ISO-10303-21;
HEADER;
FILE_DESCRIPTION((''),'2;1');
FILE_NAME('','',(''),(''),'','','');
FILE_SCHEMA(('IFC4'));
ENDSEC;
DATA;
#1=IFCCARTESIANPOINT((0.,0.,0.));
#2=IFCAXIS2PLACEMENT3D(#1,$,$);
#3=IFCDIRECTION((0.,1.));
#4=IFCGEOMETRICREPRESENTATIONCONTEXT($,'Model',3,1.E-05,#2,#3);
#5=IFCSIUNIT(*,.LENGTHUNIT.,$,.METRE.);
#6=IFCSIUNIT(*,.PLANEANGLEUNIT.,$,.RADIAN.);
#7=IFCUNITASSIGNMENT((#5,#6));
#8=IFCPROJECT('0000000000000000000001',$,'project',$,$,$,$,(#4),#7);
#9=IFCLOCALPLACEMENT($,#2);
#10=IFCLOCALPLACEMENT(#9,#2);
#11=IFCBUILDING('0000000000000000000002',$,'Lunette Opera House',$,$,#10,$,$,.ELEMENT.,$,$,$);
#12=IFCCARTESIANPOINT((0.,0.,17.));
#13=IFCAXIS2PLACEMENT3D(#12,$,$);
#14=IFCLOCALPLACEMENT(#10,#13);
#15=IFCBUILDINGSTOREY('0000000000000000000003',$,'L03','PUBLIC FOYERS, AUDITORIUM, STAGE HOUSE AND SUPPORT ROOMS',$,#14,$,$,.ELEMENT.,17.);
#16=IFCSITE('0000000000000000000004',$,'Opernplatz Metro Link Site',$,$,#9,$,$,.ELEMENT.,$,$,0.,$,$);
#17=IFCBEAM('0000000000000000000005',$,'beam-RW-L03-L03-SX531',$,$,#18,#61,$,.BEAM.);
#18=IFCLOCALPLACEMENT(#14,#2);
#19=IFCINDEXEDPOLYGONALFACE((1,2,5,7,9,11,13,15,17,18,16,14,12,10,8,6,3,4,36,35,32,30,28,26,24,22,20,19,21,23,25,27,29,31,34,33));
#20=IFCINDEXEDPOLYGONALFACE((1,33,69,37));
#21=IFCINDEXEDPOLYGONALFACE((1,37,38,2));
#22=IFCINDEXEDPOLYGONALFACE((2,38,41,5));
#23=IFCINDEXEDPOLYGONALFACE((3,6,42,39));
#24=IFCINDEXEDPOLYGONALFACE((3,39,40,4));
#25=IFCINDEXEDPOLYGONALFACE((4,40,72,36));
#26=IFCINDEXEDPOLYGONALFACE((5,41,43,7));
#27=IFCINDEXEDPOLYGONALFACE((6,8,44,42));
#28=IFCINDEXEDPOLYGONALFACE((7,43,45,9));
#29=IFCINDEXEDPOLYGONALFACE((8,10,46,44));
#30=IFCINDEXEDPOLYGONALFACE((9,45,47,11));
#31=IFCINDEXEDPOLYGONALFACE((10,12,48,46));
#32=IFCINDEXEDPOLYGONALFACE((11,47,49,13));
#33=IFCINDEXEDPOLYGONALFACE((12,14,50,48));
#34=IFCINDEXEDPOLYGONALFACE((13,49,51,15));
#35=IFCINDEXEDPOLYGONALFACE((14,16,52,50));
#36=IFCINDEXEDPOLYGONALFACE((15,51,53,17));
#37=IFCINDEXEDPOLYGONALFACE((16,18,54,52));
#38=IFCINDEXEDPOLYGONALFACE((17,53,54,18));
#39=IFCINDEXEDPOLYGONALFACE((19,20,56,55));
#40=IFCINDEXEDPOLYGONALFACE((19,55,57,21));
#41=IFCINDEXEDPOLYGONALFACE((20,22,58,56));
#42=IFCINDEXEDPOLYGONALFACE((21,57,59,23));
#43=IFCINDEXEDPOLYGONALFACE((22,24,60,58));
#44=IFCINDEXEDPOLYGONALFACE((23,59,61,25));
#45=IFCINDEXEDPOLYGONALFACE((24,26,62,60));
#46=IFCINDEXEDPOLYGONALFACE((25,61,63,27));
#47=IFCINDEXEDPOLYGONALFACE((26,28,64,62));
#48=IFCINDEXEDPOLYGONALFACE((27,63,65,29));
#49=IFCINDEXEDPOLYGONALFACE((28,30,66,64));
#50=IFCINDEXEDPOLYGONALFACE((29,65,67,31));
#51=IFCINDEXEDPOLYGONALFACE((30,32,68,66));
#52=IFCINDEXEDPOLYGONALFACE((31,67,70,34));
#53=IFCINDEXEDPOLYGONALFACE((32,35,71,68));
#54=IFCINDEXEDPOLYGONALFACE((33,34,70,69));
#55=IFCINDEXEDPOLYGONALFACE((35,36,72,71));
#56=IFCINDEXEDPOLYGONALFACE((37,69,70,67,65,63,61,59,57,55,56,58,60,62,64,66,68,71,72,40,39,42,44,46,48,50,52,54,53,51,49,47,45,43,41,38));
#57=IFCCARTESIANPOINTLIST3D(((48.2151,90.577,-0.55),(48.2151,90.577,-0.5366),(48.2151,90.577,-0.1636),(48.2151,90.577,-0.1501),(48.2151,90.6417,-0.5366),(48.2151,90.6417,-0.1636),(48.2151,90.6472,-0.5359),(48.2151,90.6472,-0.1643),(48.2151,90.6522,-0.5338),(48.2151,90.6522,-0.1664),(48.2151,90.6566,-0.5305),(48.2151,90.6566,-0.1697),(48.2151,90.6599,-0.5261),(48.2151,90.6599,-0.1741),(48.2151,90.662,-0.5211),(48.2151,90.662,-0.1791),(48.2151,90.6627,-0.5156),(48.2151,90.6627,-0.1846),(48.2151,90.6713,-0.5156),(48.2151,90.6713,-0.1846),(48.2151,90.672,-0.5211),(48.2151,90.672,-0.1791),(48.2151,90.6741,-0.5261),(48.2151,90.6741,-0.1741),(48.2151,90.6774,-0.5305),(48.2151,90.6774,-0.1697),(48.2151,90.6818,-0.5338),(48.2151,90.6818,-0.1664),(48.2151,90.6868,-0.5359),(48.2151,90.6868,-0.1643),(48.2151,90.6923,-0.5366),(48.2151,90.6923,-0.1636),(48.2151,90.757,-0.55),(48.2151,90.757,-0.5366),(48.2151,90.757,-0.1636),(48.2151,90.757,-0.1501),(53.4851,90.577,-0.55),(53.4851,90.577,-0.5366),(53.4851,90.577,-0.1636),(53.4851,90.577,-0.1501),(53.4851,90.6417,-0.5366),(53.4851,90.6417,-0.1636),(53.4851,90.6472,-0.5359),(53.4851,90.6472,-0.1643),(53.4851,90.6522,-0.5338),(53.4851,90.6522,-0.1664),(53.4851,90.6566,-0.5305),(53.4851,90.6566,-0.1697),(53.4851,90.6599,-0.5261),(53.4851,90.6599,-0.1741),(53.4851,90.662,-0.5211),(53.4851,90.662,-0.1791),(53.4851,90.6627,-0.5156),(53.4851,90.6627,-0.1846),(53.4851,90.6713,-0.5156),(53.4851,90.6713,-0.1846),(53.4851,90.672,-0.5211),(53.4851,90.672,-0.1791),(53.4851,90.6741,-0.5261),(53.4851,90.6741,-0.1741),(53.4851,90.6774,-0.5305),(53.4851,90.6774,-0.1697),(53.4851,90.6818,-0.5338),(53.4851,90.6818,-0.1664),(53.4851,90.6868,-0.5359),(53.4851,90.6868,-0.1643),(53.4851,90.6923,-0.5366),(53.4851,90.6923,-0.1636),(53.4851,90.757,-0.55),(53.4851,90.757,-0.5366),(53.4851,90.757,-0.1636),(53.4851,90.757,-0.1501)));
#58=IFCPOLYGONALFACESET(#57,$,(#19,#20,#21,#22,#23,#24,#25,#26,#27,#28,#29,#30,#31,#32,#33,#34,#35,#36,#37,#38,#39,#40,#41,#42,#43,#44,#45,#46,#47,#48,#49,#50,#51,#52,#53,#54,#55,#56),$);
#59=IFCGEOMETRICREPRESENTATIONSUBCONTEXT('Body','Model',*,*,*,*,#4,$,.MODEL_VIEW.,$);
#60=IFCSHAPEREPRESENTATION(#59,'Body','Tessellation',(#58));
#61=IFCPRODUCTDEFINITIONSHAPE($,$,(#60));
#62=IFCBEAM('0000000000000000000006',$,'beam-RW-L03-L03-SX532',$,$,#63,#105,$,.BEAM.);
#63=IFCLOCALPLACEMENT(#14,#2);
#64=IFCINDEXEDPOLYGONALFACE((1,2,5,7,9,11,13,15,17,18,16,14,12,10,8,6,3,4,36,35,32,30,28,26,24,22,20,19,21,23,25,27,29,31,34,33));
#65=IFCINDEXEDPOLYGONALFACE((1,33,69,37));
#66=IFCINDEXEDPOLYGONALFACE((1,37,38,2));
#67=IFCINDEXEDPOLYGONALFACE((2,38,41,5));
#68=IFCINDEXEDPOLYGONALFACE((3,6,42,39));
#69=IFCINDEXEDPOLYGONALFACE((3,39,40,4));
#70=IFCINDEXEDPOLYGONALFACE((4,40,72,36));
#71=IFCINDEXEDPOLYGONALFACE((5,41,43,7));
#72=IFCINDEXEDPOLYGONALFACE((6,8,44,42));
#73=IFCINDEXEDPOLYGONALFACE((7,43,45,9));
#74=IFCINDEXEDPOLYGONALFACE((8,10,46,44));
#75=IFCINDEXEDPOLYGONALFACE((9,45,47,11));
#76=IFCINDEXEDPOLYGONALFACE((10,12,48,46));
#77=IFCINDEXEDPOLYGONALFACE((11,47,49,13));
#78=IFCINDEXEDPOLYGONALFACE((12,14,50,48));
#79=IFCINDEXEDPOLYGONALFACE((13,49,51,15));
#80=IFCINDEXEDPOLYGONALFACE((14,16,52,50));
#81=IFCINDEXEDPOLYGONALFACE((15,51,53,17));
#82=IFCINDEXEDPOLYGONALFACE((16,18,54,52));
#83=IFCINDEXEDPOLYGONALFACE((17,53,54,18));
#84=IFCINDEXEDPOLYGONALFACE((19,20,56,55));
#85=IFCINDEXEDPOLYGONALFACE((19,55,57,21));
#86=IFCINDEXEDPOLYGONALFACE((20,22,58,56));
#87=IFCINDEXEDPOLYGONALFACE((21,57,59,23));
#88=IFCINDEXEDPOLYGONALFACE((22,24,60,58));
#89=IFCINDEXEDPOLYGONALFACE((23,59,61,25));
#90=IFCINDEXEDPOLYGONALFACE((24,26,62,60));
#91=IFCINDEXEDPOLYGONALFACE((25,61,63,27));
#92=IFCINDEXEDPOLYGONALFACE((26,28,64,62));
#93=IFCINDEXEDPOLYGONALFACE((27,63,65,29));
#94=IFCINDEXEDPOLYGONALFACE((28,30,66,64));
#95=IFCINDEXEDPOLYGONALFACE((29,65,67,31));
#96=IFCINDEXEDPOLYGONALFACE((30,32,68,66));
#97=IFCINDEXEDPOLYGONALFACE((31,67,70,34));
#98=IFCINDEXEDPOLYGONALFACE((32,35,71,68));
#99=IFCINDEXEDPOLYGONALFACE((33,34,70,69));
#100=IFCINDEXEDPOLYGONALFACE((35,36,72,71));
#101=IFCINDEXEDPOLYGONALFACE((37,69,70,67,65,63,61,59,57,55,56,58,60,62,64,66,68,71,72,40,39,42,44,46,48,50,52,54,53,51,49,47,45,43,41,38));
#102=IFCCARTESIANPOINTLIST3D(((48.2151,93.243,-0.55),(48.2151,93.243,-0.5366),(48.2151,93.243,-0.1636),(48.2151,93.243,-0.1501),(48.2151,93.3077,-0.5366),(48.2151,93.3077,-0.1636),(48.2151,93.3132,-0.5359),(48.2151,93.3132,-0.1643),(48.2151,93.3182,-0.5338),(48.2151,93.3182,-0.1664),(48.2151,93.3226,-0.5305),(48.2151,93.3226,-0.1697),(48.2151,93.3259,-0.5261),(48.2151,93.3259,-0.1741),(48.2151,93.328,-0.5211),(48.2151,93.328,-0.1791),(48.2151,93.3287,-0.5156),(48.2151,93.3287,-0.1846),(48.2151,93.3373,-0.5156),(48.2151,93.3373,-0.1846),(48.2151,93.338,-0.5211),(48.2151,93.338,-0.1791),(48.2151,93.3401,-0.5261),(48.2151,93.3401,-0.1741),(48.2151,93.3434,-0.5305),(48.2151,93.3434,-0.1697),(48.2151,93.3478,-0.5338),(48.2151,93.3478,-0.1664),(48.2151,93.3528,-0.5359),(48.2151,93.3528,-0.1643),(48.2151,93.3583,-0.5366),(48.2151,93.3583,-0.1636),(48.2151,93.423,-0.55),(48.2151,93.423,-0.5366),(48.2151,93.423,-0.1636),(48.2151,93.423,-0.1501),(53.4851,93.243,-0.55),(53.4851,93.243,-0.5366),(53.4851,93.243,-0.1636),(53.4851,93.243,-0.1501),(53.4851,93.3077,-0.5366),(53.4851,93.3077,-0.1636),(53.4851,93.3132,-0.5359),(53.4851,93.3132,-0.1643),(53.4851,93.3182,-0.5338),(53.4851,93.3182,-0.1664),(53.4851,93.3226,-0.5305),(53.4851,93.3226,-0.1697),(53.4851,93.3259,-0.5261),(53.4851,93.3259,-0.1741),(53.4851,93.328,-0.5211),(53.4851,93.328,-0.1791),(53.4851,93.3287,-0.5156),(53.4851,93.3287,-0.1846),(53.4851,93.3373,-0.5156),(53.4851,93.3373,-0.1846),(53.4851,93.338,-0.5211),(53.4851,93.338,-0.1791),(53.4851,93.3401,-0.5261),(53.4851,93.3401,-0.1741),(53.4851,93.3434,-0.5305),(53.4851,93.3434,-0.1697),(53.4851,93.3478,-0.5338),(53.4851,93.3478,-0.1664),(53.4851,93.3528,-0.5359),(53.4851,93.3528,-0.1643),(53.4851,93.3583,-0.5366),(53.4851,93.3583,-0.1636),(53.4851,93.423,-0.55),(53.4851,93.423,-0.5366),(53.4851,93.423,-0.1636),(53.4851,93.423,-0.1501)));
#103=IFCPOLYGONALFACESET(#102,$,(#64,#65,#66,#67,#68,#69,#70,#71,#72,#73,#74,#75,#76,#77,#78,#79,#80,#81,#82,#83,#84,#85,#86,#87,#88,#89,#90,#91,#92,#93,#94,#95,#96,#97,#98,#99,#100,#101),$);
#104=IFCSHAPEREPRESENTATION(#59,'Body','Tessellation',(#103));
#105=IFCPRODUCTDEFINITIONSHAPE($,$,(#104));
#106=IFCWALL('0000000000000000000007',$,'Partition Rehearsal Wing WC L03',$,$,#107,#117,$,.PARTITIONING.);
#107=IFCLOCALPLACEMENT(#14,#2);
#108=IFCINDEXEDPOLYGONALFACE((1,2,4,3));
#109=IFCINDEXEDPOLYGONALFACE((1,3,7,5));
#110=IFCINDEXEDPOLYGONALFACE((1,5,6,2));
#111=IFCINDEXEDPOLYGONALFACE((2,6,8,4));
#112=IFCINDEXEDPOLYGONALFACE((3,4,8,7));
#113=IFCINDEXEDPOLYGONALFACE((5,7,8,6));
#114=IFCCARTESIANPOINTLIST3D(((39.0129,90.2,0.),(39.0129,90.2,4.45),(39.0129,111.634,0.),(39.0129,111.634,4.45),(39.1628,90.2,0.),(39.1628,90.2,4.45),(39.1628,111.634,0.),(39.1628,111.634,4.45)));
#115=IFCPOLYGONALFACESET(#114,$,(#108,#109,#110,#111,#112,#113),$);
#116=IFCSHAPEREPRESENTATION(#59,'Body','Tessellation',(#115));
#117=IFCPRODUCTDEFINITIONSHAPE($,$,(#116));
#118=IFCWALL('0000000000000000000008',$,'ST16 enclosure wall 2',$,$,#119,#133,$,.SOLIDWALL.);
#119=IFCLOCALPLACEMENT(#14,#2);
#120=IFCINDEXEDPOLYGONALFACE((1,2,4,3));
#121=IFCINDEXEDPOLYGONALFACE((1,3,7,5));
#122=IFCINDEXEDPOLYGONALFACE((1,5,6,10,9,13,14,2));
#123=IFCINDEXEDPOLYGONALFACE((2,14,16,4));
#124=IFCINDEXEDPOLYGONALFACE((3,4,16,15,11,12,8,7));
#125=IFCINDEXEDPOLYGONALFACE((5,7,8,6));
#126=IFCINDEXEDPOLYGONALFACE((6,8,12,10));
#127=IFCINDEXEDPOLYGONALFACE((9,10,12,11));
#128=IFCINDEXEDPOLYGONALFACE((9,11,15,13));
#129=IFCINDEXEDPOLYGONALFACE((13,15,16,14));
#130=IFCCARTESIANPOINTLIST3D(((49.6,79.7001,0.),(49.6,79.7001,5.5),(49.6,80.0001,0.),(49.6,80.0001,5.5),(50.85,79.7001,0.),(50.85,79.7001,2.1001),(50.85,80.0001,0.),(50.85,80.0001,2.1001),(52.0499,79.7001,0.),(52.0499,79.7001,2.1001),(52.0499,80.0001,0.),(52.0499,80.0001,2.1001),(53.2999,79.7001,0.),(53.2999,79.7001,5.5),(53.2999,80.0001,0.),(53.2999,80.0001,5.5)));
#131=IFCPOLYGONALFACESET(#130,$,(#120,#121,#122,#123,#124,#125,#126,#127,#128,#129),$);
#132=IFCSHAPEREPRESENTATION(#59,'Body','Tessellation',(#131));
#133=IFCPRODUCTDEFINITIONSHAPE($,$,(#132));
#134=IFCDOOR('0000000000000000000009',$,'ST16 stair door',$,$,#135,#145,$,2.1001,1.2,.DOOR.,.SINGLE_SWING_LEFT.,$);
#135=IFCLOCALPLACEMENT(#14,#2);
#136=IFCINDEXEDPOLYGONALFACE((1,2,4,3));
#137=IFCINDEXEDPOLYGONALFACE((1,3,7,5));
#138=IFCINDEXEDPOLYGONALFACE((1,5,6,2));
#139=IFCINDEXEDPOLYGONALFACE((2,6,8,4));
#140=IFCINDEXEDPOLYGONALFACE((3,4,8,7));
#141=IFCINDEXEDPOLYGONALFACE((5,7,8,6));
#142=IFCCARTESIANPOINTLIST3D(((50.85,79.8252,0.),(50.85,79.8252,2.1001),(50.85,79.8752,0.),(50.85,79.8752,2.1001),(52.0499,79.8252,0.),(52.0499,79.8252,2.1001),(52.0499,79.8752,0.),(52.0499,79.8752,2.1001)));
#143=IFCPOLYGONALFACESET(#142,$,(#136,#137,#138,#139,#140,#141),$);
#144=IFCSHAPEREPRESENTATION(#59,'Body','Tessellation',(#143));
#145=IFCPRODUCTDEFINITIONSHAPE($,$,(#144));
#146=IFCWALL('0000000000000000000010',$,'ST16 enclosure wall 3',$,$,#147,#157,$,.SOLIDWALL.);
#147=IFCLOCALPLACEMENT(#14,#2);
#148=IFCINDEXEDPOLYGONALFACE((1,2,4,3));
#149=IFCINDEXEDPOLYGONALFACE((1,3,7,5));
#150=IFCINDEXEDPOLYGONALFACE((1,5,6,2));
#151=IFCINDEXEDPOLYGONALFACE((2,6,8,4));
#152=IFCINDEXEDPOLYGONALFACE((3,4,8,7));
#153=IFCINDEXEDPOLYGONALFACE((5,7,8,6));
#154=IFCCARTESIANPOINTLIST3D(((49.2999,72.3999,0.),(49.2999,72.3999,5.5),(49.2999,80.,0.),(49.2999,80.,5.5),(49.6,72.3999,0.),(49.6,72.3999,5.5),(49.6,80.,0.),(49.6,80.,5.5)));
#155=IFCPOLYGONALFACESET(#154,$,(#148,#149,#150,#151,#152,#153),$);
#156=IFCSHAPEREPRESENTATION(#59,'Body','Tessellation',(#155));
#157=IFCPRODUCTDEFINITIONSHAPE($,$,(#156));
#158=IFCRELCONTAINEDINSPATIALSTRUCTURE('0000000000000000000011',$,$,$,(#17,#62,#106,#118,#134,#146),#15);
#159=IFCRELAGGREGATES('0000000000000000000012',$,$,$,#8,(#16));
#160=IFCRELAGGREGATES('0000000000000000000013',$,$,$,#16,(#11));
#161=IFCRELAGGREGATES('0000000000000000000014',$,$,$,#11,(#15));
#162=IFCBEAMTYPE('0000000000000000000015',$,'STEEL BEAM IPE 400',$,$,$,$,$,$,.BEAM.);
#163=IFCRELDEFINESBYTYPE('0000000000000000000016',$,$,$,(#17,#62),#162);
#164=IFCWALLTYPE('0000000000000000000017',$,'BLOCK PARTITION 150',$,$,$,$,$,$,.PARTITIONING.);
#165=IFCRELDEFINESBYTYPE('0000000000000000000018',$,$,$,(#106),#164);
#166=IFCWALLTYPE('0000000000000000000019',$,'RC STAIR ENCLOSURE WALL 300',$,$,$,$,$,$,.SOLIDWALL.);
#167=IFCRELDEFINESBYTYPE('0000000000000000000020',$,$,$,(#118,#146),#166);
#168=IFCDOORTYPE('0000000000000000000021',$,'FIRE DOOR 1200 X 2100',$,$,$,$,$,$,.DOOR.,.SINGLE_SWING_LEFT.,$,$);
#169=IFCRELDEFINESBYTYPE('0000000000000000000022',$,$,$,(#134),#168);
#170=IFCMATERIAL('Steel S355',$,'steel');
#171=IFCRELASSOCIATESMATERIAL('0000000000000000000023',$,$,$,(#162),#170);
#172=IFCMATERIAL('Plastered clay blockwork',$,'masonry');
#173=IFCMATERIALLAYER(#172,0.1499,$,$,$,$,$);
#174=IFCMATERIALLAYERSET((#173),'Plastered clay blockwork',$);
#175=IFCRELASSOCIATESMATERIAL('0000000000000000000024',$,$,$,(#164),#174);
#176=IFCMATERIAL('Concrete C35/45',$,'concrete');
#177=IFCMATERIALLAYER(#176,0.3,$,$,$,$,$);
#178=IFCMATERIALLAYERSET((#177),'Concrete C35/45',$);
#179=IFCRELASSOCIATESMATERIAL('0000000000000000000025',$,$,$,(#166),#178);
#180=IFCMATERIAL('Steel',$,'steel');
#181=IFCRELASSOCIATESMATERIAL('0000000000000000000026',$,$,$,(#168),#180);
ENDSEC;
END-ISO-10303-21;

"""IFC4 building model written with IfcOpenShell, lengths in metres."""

from ifc_helpers import new_model, si_unit, direction, frame, frame_2d, origin, origin_2d, place, context, subcontext, project, spatial, rectangle, i_section, extrude, material, layer, layer_set, material_profile, profile_set, type_object, element, fill, save


model = new_model("IFC4")

# Units and contexts
model_context = context("Model", 3, precision=1e-05, world=origin(), true_north=direction((0.0, 1.0)))
body_context = subcontext(model_context, "Body", "Model", "MODEL_VIEW")
ifc_project = project(units=[si_unit("LENGTHUNIT", "METRE"), si_unit("PLANEANGLEUNIT", "RADIAN")], contexts=[model_context])

# Site, building, storey
site_placement = place(None, origin())
site = spatial("IfcSite", under=ifc_project, at=site_placement, Name="Opernplatz Metro Link Site", CompositionType="ELEMENT", RefElevation=0.0)
building_placement = place(site_placement, origin())
building = spatial("IfcBuilding", under=site, at=building_placement, Name="Lunette Opera House", CompositionType="ELEMENT")
storey_placement = place(building_placement, frame((0.0, 0.0, 17.0)))
storey = spatial("IfcBuildingStorey", under=building, at=storey_placement, Name="L03", Description="PUBLIC FOYERS, AUDITORIUM, STAGE HOUSE AND SUPPORT ROOMS", CompositionType="ELEMENT", Elevation=17.0)

# Beams
ifc_material_1 = material(Name="Steel S355", Category="steel")
ifc_material_profile_1 = material_profile(ifc_material_1, i_section(OverallWidth=0.1799, OverallDepth=0.3999, WebThickness=0.0085, FlangeThickness=0.0134, FilletRadius=0.021, at=origin_2d()), Name="IPE 400")
ifc_profile_set_1 = profile_set([ifc_material_profile_1], Name="Steel S355")
beam_type_1 = type_object("IfcBeamType", Name="STEEL BEAM IPE 400", PredefinedType="BEAM", material=ifc_profile_set_1)
for number, where, z_axis, x_axis, name in (
    (1, (48.2151, 90.667, -0.3501), (1.0, 0.0, 0.0), (0.0, 1.0, 0.0), "beam-RW-L03-L03-SX531"),
    (2, (48.2151, 93.333, -0.3501), (1.0, 0.0, 0.0), (0.0, 1.0, 0.0), "beam-RW-L03-L03-SX532"),
):
    element("IfcBeam", number, at=place(storey_placement, frame(where, z_axis=z_axis, x_axis=x_axis)), inside=storey, type_object=beam_type_1, Name=name, PredefinedType="BEAM", context=body_context, shape_type="SweptSolid", body=[
        extrude(i_section(OverallWidth=0.1799, OverallDepth=0.3999, WebThickness=0.0085, FlangeThickness=0.0134, FilletRadius=0.021, at=origin_2d()), origin(), (0.0, 0.0, 1.0), 5.27),
    ])

# Wall
ifc_material_2 = material(Name="Plastered clay blockwork", Category="masonry")
ifc_layer_1 = layer(ifc_material_2, 0.1499)
ifc_layer_set_1 = layer_set([ifc_layer_1], Name="Plastered clay blockwork")
wall_type_1 = type_object("IfcWallType", Name="BLOCK PARTITION 150", PredefinedType="PARTITIONING", material=ifc_layer_set_1)
wall_1_placement = place(storey_placement, frame((39.0879, 90.2, 0.0), z_axis=(0.0, 0.0, 1.0), x_axis=(0.0, 1.0, 0.0)))
element("IfcWall", 3, at=wall_1_placement, inside=storey, type_object=wall_type_1, Name="Partition Rehearsal Wing WC L03", PredefinedType="PARTITIONING", context=body_context, shape_type="SweptSolid", body=[
    extrude(rectangle(XDim=21.4341, YDim=0.1499, at=frame_2d((10.717, 0.0))), origin(), (0.0, 0.0, 1.0), 4.45),
])

# Wall, opening, door
ifc_material_3 = material(Name="Concrete C35/45", Category="concrete")
ifc_layer_2 = layer(ifc_material_3, 0.3)
ifc_layer_set_2 = layer_set([ifc_layer_2], Name="Concrete C35/45")
wall_type_2 = type_object("IfcWallType", Name="RC STAIR ENCLOSURE WALL 300", PredefinedType="SOLIDWALL", material=ifc_layer_set_2)
wall_2_placement = place(storey_placement, frame((53.3, 79.8501, 0.0), z_axis=(0.0, 0.0, 1.0), x_axis=(-1.0, 0.0, 0.0)))
wall_2 = element("IfcWall", 4, at=wall_2_placement, inside=storey, type_object=wall_type_2, Name="ST16 enclosure wall 2", PredefinedType="SOLIDWALL", context=body_context, shape_type="SweptSolid", body=[
    extrude(rectangle(XDim=3.7, YDim=0.3, at=frame_2d((1.8501, 0.0))), origin(), (0.0, 0.0, 1.0), 5.5),
])
opening_1_placement = place(wall_2_placement, frame((1.25, 0.0, 0.0)))
opening_1 = element("IfcOpeningElement", 5, at=opening_1_placement, cuts=wall_2, PredefinedType="OPENING", context=body_context, shape_type="SweptSolid", body=[
    extrude(rectangle(XDim=1.2, YDim=2.1001, at=frame_2d((0.6001, 1.05))), frame((0.0, 0.1621, 0.0), z_axis=(0.0, -1.0, 0.0), x_axis=(1.0, 0.0, 0.0)), (0.0, 0.0, 1.0), 0.324),
])
ifc_material_4 = material(Name="Steel", Category="steel")
door_type_1 = type_object("IfcDoorType", Name="FIRE DOOR 1200 X 2100", OperationType="SINGLE_SWING_LEFT", PredefinedType="DOOR", material=ifc_material_4)
door_1_placement = place(opening_1_placement, origin())
door_1 = element("IfcDoor", 6, at=door_1_placement, inside=storey, type_object=door_type_1, Name="ST16 stair door", OperationType="SINGLE_SWING_LEFT", OverallHeight=2.1001, OverallWidth=1.2, PredefinedType="DOOR", context=body_context, shape_type="SweptSolid", body=[
    extrude(rectangle(XDim=1.2, YDim=2.1001, at=frame_2d((0.6001, 1.05))), frame((0.0, 0.0249, 0.0), z_axis=(0.0, -1.0, 0.0), x_axis=(1.0, 0.0, 0.0)), (0.0, 0.0, 1.0), 0.05),
])
fill(opening_1, door_1)

# Wall
wall_3_placement = place(storey_placement, frame((49.45, 80.0, 0.0), z_axis=(0.0, 0.0, 1.0), x_axis=(0.0, -1.0, 0.0)))
element("IfcWall", 7, at=wall_3_placement, inside=storey, type_object=wall_type_2, Name="ST16 enclosure wall 3", PredefinedType="SOLIDWALL", context=body_context, shape_type="SweptSolid", body=[
    extrude(rectangle(XDim=7.6001, YDim=0.3, at=frame_2d((3.8, 0.0))), origin(), (0.0, 0.0, 1.0), 5.5),
])

save(model, "model.ifc")
